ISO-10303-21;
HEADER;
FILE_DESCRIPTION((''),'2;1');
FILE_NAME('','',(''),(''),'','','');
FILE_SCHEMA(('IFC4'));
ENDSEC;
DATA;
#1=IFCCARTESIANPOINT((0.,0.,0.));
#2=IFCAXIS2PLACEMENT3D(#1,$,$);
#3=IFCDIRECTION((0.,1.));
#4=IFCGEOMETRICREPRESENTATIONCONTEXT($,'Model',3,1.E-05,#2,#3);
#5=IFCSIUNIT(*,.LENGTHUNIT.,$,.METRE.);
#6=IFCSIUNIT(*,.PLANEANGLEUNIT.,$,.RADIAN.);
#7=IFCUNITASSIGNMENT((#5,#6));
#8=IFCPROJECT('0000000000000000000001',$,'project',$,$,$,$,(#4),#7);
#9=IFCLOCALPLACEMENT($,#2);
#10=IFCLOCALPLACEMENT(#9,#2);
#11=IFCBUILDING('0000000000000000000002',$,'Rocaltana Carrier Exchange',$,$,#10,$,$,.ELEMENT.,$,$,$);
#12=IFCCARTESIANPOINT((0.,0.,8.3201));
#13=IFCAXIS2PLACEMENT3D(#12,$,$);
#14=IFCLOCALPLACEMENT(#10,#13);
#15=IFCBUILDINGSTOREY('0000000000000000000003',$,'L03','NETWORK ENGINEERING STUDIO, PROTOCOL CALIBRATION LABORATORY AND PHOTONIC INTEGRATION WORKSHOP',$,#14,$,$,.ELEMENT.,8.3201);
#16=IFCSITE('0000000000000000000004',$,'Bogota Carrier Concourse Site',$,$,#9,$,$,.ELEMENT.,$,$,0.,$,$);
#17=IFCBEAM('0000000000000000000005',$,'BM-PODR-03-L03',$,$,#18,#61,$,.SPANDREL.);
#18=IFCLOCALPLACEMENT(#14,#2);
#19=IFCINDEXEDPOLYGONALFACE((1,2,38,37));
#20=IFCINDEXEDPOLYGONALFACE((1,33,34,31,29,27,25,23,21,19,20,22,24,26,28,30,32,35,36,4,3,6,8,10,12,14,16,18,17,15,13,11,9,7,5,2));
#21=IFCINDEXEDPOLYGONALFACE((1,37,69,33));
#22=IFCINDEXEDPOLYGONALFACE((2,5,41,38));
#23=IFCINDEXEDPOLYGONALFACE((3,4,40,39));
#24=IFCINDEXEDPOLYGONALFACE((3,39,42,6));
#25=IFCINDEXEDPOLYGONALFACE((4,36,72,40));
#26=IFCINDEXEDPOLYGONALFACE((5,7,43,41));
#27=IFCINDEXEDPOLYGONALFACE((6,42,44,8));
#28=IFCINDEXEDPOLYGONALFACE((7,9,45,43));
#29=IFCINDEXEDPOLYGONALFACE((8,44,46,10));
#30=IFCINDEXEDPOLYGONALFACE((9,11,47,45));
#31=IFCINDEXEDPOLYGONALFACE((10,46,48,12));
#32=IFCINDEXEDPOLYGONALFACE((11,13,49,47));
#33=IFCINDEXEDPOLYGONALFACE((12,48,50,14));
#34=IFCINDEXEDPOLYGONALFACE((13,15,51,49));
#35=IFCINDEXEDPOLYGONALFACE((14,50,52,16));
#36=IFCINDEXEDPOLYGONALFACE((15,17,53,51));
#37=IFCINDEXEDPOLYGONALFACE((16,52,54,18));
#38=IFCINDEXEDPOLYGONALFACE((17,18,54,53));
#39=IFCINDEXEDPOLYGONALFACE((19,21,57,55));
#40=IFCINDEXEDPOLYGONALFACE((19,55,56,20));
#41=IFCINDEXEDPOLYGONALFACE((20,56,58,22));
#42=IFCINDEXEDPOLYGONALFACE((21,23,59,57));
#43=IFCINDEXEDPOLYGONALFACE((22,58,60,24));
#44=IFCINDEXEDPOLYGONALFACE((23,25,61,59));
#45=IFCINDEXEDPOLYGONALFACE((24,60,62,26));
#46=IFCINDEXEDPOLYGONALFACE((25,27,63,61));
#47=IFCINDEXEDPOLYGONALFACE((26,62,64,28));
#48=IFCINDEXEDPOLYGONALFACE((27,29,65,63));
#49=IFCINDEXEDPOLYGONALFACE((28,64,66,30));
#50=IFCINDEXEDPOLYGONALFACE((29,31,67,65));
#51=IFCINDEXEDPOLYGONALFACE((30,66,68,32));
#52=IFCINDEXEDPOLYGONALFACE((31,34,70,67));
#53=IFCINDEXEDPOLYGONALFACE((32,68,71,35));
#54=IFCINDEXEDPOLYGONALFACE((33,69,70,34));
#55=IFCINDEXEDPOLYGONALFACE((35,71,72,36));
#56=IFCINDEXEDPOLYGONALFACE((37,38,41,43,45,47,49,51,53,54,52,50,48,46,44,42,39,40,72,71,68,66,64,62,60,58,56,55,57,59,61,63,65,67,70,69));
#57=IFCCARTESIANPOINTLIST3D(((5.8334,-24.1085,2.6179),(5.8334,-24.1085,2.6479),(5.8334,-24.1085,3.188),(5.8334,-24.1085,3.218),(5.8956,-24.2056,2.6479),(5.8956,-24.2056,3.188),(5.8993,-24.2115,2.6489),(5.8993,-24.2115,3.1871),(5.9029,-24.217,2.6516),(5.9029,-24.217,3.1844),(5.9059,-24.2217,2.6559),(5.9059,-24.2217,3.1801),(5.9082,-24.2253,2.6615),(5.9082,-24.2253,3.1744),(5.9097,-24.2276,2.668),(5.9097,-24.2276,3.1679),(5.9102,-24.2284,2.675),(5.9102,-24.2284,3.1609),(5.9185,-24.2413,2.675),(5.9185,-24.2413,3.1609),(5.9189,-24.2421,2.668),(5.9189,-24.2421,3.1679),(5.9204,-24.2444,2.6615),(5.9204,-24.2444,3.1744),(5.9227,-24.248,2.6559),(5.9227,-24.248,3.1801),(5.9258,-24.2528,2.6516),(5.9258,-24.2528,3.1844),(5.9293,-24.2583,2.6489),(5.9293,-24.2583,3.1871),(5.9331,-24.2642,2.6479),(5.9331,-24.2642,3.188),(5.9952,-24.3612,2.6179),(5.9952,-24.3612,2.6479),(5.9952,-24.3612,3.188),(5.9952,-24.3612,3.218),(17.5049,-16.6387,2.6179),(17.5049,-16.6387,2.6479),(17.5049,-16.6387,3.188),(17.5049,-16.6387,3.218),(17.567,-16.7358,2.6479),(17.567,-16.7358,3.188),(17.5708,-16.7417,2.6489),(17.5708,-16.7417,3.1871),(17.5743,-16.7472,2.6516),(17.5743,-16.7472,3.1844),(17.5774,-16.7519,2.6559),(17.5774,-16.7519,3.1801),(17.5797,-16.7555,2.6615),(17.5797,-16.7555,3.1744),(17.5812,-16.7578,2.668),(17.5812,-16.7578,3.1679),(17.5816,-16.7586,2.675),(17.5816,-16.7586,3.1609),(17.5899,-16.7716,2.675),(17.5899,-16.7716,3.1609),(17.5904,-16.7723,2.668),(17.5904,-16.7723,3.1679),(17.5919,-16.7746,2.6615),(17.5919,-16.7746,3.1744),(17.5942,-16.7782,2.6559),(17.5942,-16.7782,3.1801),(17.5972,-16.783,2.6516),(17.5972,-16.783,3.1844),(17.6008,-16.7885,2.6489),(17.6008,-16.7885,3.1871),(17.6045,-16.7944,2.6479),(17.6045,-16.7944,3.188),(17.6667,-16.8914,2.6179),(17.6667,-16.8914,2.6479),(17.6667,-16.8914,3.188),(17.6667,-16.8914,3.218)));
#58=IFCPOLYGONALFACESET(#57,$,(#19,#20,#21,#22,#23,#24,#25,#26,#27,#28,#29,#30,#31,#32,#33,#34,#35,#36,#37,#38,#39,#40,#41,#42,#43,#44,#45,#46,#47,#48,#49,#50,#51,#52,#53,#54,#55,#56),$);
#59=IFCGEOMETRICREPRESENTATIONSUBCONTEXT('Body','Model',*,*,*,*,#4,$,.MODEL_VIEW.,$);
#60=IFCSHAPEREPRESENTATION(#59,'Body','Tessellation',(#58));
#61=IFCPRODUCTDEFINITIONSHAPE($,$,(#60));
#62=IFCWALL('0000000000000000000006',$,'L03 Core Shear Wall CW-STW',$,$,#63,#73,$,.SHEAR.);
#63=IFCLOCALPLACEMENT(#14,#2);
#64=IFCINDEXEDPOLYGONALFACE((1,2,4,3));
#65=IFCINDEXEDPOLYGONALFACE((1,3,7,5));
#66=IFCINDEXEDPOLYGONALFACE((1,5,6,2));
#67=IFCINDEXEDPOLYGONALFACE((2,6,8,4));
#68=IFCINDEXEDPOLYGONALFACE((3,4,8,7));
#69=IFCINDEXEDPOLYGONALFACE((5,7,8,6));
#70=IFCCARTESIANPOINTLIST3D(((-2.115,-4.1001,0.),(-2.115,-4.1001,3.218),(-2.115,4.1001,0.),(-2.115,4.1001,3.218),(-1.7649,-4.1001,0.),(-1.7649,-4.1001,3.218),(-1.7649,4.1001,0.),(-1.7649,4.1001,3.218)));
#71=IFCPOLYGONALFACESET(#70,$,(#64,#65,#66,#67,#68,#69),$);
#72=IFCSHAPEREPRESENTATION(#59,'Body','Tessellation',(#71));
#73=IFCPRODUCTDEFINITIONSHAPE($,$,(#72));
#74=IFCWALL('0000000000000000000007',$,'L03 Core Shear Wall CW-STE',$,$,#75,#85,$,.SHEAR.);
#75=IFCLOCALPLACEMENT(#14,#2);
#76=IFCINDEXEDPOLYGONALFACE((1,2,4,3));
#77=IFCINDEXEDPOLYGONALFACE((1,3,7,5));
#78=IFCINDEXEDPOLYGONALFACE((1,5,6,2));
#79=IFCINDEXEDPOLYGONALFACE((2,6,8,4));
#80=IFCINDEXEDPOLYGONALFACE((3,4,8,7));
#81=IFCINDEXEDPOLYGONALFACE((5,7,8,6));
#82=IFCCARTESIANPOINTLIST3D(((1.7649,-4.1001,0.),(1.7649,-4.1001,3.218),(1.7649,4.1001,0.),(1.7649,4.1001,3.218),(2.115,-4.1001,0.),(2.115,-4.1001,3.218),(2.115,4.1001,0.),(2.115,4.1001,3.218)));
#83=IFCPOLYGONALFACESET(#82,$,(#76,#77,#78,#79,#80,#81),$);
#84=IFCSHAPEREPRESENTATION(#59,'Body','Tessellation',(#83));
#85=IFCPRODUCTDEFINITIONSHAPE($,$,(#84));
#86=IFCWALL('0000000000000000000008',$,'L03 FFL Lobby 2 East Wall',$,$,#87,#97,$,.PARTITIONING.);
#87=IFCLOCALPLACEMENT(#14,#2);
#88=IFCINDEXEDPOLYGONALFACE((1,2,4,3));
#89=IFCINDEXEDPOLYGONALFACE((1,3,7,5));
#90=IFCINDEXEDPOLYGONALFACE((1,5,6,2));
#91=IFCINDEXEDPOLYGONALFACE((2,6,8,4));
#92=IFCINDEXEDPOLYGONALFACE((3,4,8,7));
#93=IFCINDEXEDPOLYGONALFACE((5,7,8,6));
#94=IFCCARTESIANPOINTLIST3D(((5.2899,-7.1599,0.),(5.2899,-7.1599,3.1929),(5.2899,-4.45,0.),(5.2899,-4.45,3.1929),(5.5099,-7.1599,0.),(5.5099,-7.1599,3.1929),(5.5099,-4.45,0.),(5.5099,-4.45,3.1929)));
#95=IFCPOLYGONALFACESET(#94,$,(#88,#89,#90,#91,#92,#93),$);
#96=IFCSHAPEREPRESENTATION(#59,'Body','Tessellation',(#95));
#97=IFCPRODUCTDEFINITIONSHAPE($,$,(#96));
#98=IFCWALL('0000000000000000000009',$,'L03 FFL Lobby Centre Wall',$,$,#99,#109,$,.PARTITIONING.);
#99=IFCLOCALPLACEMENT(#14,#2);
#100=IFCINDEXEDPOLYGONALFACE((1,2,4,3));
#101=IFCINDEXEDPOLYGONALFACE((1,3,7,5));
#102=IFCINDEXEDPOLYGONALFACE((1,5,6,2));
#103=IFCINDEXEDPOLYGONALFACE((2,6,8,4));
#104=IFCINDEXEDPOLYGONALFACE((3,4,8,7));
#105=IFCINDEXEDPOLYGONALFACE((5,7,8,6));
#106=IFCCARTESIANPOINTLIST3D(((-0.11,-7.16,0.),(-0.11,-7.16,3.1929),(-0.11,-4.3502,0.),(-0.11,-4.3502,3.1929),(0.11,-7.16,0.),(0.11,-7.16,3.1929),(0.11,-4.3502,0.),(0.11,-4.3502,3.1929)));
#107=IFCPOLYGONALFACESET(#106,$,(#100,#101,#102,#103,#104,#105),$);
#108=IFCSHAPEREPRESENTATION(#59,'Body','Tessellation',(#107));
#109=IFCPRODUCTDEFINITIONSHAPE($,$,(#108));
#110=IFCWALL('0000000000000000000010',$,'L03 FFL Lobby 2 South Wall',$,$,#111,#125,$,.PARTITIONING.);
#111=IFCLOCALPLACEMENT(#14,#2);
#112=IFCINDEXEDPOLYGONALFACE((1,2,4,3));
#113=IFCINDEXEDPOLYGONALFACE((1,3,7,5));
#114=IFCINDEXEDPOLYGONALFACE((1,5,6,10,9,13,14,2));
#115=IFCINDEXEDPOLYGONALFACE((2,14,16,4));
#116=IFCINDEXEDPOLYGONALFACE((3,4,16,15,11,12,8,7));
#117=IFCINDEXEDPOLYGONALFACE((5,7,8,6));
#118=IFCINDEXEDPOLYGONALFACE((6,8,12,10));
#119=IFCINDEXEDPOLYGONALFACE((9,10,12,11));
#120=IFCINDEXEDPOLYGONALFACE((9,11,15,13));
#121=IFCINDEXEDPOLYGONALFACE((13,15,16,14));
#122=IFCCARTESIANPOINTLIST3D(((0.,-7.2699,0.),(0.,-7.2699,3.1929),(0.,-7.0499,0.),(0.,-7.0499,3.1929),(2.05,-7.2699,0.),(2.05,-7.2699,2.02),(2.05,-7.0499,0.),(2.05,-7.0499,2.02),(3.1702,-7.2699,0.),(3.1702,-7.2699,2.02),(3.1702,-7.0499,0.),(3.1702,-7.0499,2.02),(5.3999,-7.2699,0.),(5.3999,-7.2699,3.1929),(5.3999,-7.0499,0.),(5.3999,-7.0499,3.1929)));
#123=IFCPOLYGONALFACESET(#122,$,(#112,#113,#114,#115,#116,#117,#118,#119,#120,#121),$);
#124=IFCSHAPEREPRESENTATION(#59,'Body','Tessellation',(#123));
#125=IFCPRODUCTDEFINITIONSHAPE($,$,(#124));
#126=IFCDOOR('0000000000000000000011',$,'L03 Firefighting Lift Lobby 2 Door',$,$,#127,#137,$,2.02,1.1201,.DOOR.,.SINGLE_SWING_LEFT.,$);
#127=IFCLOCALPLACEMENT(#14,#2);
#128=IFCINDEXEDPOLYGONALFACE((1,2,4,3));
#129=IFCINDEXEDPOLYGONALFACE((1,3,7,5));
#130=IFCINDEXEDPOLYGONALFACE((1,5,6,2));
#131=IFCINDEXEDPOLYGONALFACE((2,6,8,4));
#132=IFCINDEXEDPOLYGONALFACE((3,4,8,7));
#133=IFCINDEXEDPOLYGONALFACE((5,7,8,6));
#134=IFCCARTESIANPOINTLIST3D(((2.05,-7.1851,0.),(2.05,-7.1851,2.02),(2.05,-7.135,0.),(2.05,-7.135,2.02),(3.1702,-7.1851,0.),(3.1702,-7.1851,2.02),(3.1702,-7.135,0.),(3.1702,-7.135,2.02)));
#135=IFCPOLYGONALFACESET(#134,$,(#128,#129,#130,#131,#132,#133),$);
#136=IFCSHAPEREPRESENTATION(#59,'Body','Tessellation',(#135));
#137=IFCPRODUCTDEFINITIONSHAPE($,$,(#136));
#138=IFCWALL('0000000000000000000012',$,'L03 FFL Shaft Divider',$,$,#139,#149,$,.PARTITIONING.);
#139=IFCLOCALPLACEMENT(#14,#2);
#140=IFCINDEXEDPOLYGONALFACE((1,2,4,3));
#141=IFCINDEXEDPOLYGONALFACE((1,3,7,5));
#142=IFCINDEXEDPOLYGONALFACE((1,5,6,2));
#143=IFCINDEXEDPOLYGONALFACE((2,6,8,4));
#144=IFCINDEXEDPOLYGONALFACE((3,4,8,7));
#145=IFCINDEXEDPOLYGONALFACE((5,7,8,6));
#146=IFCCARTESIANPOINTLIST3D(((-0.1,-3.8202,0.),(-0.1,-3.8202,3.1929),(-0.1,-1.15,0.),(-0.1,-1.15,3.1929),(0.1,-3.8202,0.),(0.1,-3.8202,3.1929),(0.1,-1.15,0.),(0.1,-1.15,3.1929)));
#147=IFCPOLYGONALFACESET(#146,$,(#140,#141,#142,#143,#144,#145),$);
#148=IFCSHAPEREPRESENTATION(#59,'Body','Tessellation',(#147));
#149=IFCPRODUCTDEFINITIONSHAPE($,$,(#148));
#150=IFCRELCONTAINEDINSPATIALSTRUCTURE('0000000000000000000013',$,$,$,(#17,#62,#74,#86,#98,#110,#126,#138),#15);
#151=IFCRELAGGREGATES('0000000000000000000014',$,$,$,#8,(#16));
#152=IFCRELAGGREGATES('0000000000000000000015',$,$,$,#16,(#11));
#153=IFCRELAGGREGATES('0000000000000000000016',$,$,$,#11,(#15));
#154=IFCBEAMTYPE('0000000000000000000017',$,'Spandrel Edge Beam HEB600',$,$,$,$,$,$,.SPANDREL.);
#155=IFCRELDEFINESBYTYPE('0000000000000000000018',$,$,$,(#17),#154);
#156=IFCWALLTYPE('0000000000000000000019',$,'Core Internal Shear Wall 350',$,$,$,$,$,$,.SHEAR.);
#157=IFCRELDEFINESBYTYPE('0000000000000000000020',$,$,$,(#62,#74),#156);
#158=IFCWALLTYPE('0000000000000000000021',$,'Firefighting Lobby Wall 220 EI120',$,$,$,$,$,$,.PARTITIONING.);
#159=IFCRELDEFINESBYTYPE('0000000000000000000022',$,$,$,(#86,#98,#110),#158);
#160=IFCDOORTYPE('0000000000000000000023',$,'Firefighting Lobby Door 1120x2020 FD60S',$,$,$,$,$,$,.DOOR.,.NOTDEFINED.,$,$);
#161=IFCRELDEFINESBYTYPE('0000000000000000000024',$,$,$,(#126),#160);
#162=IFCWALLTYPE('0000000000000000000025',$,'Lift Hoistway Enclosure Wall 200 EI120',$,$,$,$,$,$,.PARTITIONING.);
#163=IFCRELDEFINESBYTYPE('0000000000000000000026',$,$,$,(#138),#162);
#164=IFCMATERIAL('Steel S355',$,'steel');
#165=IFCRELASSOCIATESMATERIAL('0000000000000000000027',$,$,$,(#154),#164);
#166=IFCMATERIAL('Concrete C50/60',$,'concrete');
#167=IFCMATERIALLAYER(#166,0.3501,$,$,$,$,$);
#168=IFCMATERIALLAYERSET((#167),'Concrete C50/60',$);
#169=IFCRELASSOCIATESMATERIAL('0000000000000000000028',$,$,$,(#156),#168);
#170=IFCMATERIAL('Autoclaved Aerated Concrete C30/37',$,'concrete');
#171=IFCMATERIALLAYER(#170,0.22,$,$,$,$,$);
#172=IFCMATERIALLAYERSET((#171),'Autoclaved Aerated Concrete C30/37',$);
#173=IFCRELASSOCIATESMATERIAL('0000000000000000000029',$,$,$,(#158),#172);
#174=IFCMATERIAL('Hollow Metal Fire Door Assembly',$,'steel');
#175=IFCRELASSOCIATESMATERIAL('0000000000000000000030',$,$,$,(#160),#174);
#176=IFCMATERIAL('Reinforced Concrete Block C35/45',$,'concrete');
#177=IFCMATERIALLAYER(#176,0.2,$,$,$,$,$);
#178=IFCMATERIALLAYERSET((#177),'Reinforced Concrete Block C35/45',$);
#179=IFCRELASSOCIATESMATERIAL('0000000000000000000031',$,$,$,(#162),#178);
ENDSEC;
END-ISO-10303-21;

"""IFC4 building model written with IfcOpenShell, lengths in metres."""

from ifc_helpers import new_model, si_unit, direction, frame, frame_2d, origin, origin_2d, place, context, subcontext, project, spatial, rectangle, i_section, extrude, material, layer, layer_set, material_profile, profile_set, type_object, element, fill, save


model = new_model("IFC4")

# Units and contexts
model_context = context("Model", 3, precision=1e-05, world=origin(), true_north=direction((0.0, 1.0)))
body_context = subcontext(model_context, "Body", "Model", "MODEL_VIEW")
ifc_project = project(units=[si_unit("LENGTHUNIT", "METRE"), si_unit("PLANEANGLEUNIT", "RADIAN")], contexts=[model_context])

# Site, building, storey
site_placement = place(None, origin())
site = spatial("IfcSite", under=ifc_project, at=site_placement, Name="Bogota Carrier Concourse Site", CompositionType="ELEMENT", RefElevation=0.0)
building_placement = place(site_placement, origin())
building = spatial("IfcBuilding", under=site, at=building_placement, Name="Rocaltana Carrier Exchange", CompositionType="ELEMENT")
storey_placement = place(building_placement, frame((0.0, 0.0, 8.3201)))
storey = spatial("IfcBuildingStorey", under=building, at=storey_placement, Name="L03", Description="NETWORK ENGINEERING STUDIO, PROTOCOL CALIBRATION LABORATORY AND PHOTONIC INTEGRATION WORKSHOP", CompositionType="ELEMENT", Elevation=8.3201)

# Beam
ifc_material_1 = material(Name="Steel S355", Category="steel")
ifc_material_profile_1 = material_profile(ifc_material_1, i_section(OverallWidth=0.3, OverallDepth=0.6001, WebThickness=0.0154, FlangeThickness=0.03, FilletRadius=0.0271, at=origin_2d()), Name="HEB600")
ifc_profile_set_1 = profile_set([ifc_material_profile_1], Name="Steel S355")
beam_type_1 = type_object("IfcBeamType", Name="Spandrel Edge Beam HEB600", PredefinedType="SPANDREL", material=ifc_profile_set_1)
beam_1_placement = place(storey_placement, frame((5.9143, -24.2349, 2.918), z_axis=(0.84227, 0.539056, 0.0), x_axis=(-0.539056, 0.84227, 0.0)))
element("IfcBeam", 1, at=beam_1_placement, inside=storey, type_object=beam_type_1, Name="BM-PODR-03-L03", PredefinedType="SPANDREL", context=body_context, shape_type="SweptSolid", body=[
    extrude(i_section(OverallWidth=0.3, OverallDepth=0.6001, WebThickness=0.0154, FlangeThickness=0.03, FilletRadius=0.0271, at=origin_2d()), origin(), (0.0, 0.0, 1.0), 13.8572),
])

# Walls
ifc_material_2 = material(Name="Concrete C50/60", Category="concrete")
ifc_layer_1 = layer(ifc_material_2, 0.3501)
ifc_layer_set_1 = layer_set([ifc_layer_1], Name="Concrete C50/60")
wall_type_1 = type_object("IfcWallType", Name="Core Internal Shear Wall 350", PredefinedType="SHEAR", material=ifc_layer_set_1)
for number, where, z_axis, x_axis, name in (
    (2, (-1.9399, -4.1001, 0.0), (0.0, 0.0, 1.0), (0.0, 1.0, 0.0), "L03 Core Shear Wall CW-STW"),
    (3, (1.9399, -4.1001, 0.0), (0.0, 0.0, 1.0), (0.0, 1.0, 0.0), "L03 Core Shear Wall CW-STE"),
):
    element("IfcWall", number, at=place(storey_placement, frame(where, z_axis=z_axis, x_axis=x_axis)), inside=storey, type_object=wall_type_1, Name=name, PredefinedType="SHEAR", context=body_context, shape_type="SweptSolid", body=[
        extrude(rectangle(XDim=8.2002, YDim=0.3501, at=frame_2d((4.1001, 0.0))), origin(), (0.0, 0.0, 1.0), 3.218),
    ])
ifc_material_3 = material(Name="Autoclaved Aerated Concrete C30/37", Category="concrete")
ifc_layer_2 = layer(ifc_material_3, 0.22)
ifc_layer_set_2 = layer_set([ifc_layer_2], Name="Autoclaved Aerated Concrete C30/37")
wall_type_2 = type_object("IfcWallType", Name="Firefighting Lobby Wall 220 EI120", PredefinedType="PARTITIONING", material=ifc_layer_set_2)
wall_1_placement = place(storey_placement, frame((5.3999, -7.1599, 0.0), z_axis=(0.0, 0.0, 1.0), x_axis=(0.0, 1.0, 0.0)))
element("IfcWall", 4, at=wall_1_placement, inside=storey, type_object=wall_type_2, Name="L03 FFL Lobby 2 East Wall", PredefinedType="PARTITIONING", context=body_context, shape_type="SweptSolid", body=[
    extrude(rectangle(XDim=2.71, YDim=0.22, at=frame_2d((1.355, 0.0))), origin(), (0.0, 0.0, 1.0), 3.1929),
])
wall_2_placement = place(storey_placement, frame((0.0, -7.1599, 0.0), z_axis=(0.0, 0.0, 1.0), x_axis=(0.0, 1.0, 0.0)))
element("IfcWall", 5, at=wall_2_placement, inside=storey, type_object=wall_type_2, Name="L03 FFL Lobby Centre Wall", PredefinedType="PARTITIONING", context=body_context, shape_type="SweptSolid", body=[
    extrude(rectangle(XDim=2.8098, YDim=0.22, at=frame_2d((1.4048, 0.0))), origin(), (0.0, 0.0, 1.0), 3.1929),
])

# Wall, opening, door
wall_3_placement = place(storey_placement, frame((0.0, -7.1599, 0.0), z_axis=(0.0, 0.0, 1.0), x_axis=(1.0, 0.0, 0.0)))
wall_3 = element("IfcWall", 6, at=wall_3_placement, inside=storey, type_object=wall_type_2, Name="L03 FFL Lobby 2 South Wall", PredefinedType="PARTITIONING", context=body_context, shape_type="SweptSolid", body=[
    extrude(rectangle(XDim=5.3999, YDim=0.22, at=frame_2d((2.7, 0.0))), origin(), (0.0, 0.0, 1.0), 3.1929),
])
opening_1_placement = place(wall_3_placement, frame((2.05, 0.0, 0.0)))
opening_1 = element("IfcOpeningElement", 7, at=opening_1_placement, cuts=wall_3, PredefinedType="OPENING", context=body_context, shape_type="SweptSolid", body=[
    extrude(rectangle(XDim=1.1201, YDim=2.02, at=frame_2d((0.5601, 1.01))), frame((0.0, 0.1199, 0.0), z_axis=(0.0, -1.0, 0.0), x_axis=(1.0, 0.0, 0.0)), (0.0, 0.0, 1.0), 0.24),
])
ifc_material_4 = material(Name="Hollow Metal Fire Door Assembly", Category="steel")
door_type = type_object("IfcDoorType", Name="Firefighting Lobby Door 1120x2020 FD60S", OperationType="NOTDEFINED", PredefinedType="DOOR", material=ifc_material_4)
door_placement = place(opening_1_placement, origin())
door = element("IfcDoor", 8, at=door_placement, inside=storey, type_object=door_type, Name="L03 Firefighting Lift Lobby 2 Door", OperationType="SINGLE_SWING_LEFT", OverallHeight=2.02, OverallWidth=1.1201, PredefinedType="DOOR", context=body_context, shape_type="SweptSolid", body=[
    extrude(rectangle(XDim=1.1201, YDim=2.02, at=frame_2d((0.5601, 1.01))), frame((0.0, 0.0249, 0.0), z_axis=(0.0, -1.0, 0.0), x_axis=(1.0, 0.0, 0.0)), (0.0, 0.0, 1.0), 0.05),
])
fill(opening_1, door)

# Wall
ifc_material_5 = material(Name="Reinforced Concrete Block C35/45", Category="concrete")
ifc_layer_3 = layer(ifc_material_5, 0.2)
ifc_layer_set_3 = layer_set([ifc_layer_3], Name="Reinforced Concrete Block C35/45")
wall_type_3 = type_object("IfcWallType", Name="Lift Hoistway Enclosure Wall 200 EI120", PredefinedType="PARTITIONING", material=ifc_layer_set_3)
wall_4_placement = place(storey_placement, frame((0.0, -3.8201, 0.0), z_axis=(0.0, 0.0, 1.0), x_axis=(0.0, 1.0, 0.0)))
element("IfcWall", 9, at=wall_4_placement, inside=storey, type_object=wall_type_3, Name="L03 FFL Shaft Divider", PredefinedType="PARTITIONING", context=body_context, shape_type="SweptSolid", body=[
    extrude(rectangle(XDim=2.6702, YDim=0.2, at=frame_2d((1.335, 0.0))), origin(), (0.0, 0.0, 1.0), 3.1929),
])

save(model, "model.ifc")
